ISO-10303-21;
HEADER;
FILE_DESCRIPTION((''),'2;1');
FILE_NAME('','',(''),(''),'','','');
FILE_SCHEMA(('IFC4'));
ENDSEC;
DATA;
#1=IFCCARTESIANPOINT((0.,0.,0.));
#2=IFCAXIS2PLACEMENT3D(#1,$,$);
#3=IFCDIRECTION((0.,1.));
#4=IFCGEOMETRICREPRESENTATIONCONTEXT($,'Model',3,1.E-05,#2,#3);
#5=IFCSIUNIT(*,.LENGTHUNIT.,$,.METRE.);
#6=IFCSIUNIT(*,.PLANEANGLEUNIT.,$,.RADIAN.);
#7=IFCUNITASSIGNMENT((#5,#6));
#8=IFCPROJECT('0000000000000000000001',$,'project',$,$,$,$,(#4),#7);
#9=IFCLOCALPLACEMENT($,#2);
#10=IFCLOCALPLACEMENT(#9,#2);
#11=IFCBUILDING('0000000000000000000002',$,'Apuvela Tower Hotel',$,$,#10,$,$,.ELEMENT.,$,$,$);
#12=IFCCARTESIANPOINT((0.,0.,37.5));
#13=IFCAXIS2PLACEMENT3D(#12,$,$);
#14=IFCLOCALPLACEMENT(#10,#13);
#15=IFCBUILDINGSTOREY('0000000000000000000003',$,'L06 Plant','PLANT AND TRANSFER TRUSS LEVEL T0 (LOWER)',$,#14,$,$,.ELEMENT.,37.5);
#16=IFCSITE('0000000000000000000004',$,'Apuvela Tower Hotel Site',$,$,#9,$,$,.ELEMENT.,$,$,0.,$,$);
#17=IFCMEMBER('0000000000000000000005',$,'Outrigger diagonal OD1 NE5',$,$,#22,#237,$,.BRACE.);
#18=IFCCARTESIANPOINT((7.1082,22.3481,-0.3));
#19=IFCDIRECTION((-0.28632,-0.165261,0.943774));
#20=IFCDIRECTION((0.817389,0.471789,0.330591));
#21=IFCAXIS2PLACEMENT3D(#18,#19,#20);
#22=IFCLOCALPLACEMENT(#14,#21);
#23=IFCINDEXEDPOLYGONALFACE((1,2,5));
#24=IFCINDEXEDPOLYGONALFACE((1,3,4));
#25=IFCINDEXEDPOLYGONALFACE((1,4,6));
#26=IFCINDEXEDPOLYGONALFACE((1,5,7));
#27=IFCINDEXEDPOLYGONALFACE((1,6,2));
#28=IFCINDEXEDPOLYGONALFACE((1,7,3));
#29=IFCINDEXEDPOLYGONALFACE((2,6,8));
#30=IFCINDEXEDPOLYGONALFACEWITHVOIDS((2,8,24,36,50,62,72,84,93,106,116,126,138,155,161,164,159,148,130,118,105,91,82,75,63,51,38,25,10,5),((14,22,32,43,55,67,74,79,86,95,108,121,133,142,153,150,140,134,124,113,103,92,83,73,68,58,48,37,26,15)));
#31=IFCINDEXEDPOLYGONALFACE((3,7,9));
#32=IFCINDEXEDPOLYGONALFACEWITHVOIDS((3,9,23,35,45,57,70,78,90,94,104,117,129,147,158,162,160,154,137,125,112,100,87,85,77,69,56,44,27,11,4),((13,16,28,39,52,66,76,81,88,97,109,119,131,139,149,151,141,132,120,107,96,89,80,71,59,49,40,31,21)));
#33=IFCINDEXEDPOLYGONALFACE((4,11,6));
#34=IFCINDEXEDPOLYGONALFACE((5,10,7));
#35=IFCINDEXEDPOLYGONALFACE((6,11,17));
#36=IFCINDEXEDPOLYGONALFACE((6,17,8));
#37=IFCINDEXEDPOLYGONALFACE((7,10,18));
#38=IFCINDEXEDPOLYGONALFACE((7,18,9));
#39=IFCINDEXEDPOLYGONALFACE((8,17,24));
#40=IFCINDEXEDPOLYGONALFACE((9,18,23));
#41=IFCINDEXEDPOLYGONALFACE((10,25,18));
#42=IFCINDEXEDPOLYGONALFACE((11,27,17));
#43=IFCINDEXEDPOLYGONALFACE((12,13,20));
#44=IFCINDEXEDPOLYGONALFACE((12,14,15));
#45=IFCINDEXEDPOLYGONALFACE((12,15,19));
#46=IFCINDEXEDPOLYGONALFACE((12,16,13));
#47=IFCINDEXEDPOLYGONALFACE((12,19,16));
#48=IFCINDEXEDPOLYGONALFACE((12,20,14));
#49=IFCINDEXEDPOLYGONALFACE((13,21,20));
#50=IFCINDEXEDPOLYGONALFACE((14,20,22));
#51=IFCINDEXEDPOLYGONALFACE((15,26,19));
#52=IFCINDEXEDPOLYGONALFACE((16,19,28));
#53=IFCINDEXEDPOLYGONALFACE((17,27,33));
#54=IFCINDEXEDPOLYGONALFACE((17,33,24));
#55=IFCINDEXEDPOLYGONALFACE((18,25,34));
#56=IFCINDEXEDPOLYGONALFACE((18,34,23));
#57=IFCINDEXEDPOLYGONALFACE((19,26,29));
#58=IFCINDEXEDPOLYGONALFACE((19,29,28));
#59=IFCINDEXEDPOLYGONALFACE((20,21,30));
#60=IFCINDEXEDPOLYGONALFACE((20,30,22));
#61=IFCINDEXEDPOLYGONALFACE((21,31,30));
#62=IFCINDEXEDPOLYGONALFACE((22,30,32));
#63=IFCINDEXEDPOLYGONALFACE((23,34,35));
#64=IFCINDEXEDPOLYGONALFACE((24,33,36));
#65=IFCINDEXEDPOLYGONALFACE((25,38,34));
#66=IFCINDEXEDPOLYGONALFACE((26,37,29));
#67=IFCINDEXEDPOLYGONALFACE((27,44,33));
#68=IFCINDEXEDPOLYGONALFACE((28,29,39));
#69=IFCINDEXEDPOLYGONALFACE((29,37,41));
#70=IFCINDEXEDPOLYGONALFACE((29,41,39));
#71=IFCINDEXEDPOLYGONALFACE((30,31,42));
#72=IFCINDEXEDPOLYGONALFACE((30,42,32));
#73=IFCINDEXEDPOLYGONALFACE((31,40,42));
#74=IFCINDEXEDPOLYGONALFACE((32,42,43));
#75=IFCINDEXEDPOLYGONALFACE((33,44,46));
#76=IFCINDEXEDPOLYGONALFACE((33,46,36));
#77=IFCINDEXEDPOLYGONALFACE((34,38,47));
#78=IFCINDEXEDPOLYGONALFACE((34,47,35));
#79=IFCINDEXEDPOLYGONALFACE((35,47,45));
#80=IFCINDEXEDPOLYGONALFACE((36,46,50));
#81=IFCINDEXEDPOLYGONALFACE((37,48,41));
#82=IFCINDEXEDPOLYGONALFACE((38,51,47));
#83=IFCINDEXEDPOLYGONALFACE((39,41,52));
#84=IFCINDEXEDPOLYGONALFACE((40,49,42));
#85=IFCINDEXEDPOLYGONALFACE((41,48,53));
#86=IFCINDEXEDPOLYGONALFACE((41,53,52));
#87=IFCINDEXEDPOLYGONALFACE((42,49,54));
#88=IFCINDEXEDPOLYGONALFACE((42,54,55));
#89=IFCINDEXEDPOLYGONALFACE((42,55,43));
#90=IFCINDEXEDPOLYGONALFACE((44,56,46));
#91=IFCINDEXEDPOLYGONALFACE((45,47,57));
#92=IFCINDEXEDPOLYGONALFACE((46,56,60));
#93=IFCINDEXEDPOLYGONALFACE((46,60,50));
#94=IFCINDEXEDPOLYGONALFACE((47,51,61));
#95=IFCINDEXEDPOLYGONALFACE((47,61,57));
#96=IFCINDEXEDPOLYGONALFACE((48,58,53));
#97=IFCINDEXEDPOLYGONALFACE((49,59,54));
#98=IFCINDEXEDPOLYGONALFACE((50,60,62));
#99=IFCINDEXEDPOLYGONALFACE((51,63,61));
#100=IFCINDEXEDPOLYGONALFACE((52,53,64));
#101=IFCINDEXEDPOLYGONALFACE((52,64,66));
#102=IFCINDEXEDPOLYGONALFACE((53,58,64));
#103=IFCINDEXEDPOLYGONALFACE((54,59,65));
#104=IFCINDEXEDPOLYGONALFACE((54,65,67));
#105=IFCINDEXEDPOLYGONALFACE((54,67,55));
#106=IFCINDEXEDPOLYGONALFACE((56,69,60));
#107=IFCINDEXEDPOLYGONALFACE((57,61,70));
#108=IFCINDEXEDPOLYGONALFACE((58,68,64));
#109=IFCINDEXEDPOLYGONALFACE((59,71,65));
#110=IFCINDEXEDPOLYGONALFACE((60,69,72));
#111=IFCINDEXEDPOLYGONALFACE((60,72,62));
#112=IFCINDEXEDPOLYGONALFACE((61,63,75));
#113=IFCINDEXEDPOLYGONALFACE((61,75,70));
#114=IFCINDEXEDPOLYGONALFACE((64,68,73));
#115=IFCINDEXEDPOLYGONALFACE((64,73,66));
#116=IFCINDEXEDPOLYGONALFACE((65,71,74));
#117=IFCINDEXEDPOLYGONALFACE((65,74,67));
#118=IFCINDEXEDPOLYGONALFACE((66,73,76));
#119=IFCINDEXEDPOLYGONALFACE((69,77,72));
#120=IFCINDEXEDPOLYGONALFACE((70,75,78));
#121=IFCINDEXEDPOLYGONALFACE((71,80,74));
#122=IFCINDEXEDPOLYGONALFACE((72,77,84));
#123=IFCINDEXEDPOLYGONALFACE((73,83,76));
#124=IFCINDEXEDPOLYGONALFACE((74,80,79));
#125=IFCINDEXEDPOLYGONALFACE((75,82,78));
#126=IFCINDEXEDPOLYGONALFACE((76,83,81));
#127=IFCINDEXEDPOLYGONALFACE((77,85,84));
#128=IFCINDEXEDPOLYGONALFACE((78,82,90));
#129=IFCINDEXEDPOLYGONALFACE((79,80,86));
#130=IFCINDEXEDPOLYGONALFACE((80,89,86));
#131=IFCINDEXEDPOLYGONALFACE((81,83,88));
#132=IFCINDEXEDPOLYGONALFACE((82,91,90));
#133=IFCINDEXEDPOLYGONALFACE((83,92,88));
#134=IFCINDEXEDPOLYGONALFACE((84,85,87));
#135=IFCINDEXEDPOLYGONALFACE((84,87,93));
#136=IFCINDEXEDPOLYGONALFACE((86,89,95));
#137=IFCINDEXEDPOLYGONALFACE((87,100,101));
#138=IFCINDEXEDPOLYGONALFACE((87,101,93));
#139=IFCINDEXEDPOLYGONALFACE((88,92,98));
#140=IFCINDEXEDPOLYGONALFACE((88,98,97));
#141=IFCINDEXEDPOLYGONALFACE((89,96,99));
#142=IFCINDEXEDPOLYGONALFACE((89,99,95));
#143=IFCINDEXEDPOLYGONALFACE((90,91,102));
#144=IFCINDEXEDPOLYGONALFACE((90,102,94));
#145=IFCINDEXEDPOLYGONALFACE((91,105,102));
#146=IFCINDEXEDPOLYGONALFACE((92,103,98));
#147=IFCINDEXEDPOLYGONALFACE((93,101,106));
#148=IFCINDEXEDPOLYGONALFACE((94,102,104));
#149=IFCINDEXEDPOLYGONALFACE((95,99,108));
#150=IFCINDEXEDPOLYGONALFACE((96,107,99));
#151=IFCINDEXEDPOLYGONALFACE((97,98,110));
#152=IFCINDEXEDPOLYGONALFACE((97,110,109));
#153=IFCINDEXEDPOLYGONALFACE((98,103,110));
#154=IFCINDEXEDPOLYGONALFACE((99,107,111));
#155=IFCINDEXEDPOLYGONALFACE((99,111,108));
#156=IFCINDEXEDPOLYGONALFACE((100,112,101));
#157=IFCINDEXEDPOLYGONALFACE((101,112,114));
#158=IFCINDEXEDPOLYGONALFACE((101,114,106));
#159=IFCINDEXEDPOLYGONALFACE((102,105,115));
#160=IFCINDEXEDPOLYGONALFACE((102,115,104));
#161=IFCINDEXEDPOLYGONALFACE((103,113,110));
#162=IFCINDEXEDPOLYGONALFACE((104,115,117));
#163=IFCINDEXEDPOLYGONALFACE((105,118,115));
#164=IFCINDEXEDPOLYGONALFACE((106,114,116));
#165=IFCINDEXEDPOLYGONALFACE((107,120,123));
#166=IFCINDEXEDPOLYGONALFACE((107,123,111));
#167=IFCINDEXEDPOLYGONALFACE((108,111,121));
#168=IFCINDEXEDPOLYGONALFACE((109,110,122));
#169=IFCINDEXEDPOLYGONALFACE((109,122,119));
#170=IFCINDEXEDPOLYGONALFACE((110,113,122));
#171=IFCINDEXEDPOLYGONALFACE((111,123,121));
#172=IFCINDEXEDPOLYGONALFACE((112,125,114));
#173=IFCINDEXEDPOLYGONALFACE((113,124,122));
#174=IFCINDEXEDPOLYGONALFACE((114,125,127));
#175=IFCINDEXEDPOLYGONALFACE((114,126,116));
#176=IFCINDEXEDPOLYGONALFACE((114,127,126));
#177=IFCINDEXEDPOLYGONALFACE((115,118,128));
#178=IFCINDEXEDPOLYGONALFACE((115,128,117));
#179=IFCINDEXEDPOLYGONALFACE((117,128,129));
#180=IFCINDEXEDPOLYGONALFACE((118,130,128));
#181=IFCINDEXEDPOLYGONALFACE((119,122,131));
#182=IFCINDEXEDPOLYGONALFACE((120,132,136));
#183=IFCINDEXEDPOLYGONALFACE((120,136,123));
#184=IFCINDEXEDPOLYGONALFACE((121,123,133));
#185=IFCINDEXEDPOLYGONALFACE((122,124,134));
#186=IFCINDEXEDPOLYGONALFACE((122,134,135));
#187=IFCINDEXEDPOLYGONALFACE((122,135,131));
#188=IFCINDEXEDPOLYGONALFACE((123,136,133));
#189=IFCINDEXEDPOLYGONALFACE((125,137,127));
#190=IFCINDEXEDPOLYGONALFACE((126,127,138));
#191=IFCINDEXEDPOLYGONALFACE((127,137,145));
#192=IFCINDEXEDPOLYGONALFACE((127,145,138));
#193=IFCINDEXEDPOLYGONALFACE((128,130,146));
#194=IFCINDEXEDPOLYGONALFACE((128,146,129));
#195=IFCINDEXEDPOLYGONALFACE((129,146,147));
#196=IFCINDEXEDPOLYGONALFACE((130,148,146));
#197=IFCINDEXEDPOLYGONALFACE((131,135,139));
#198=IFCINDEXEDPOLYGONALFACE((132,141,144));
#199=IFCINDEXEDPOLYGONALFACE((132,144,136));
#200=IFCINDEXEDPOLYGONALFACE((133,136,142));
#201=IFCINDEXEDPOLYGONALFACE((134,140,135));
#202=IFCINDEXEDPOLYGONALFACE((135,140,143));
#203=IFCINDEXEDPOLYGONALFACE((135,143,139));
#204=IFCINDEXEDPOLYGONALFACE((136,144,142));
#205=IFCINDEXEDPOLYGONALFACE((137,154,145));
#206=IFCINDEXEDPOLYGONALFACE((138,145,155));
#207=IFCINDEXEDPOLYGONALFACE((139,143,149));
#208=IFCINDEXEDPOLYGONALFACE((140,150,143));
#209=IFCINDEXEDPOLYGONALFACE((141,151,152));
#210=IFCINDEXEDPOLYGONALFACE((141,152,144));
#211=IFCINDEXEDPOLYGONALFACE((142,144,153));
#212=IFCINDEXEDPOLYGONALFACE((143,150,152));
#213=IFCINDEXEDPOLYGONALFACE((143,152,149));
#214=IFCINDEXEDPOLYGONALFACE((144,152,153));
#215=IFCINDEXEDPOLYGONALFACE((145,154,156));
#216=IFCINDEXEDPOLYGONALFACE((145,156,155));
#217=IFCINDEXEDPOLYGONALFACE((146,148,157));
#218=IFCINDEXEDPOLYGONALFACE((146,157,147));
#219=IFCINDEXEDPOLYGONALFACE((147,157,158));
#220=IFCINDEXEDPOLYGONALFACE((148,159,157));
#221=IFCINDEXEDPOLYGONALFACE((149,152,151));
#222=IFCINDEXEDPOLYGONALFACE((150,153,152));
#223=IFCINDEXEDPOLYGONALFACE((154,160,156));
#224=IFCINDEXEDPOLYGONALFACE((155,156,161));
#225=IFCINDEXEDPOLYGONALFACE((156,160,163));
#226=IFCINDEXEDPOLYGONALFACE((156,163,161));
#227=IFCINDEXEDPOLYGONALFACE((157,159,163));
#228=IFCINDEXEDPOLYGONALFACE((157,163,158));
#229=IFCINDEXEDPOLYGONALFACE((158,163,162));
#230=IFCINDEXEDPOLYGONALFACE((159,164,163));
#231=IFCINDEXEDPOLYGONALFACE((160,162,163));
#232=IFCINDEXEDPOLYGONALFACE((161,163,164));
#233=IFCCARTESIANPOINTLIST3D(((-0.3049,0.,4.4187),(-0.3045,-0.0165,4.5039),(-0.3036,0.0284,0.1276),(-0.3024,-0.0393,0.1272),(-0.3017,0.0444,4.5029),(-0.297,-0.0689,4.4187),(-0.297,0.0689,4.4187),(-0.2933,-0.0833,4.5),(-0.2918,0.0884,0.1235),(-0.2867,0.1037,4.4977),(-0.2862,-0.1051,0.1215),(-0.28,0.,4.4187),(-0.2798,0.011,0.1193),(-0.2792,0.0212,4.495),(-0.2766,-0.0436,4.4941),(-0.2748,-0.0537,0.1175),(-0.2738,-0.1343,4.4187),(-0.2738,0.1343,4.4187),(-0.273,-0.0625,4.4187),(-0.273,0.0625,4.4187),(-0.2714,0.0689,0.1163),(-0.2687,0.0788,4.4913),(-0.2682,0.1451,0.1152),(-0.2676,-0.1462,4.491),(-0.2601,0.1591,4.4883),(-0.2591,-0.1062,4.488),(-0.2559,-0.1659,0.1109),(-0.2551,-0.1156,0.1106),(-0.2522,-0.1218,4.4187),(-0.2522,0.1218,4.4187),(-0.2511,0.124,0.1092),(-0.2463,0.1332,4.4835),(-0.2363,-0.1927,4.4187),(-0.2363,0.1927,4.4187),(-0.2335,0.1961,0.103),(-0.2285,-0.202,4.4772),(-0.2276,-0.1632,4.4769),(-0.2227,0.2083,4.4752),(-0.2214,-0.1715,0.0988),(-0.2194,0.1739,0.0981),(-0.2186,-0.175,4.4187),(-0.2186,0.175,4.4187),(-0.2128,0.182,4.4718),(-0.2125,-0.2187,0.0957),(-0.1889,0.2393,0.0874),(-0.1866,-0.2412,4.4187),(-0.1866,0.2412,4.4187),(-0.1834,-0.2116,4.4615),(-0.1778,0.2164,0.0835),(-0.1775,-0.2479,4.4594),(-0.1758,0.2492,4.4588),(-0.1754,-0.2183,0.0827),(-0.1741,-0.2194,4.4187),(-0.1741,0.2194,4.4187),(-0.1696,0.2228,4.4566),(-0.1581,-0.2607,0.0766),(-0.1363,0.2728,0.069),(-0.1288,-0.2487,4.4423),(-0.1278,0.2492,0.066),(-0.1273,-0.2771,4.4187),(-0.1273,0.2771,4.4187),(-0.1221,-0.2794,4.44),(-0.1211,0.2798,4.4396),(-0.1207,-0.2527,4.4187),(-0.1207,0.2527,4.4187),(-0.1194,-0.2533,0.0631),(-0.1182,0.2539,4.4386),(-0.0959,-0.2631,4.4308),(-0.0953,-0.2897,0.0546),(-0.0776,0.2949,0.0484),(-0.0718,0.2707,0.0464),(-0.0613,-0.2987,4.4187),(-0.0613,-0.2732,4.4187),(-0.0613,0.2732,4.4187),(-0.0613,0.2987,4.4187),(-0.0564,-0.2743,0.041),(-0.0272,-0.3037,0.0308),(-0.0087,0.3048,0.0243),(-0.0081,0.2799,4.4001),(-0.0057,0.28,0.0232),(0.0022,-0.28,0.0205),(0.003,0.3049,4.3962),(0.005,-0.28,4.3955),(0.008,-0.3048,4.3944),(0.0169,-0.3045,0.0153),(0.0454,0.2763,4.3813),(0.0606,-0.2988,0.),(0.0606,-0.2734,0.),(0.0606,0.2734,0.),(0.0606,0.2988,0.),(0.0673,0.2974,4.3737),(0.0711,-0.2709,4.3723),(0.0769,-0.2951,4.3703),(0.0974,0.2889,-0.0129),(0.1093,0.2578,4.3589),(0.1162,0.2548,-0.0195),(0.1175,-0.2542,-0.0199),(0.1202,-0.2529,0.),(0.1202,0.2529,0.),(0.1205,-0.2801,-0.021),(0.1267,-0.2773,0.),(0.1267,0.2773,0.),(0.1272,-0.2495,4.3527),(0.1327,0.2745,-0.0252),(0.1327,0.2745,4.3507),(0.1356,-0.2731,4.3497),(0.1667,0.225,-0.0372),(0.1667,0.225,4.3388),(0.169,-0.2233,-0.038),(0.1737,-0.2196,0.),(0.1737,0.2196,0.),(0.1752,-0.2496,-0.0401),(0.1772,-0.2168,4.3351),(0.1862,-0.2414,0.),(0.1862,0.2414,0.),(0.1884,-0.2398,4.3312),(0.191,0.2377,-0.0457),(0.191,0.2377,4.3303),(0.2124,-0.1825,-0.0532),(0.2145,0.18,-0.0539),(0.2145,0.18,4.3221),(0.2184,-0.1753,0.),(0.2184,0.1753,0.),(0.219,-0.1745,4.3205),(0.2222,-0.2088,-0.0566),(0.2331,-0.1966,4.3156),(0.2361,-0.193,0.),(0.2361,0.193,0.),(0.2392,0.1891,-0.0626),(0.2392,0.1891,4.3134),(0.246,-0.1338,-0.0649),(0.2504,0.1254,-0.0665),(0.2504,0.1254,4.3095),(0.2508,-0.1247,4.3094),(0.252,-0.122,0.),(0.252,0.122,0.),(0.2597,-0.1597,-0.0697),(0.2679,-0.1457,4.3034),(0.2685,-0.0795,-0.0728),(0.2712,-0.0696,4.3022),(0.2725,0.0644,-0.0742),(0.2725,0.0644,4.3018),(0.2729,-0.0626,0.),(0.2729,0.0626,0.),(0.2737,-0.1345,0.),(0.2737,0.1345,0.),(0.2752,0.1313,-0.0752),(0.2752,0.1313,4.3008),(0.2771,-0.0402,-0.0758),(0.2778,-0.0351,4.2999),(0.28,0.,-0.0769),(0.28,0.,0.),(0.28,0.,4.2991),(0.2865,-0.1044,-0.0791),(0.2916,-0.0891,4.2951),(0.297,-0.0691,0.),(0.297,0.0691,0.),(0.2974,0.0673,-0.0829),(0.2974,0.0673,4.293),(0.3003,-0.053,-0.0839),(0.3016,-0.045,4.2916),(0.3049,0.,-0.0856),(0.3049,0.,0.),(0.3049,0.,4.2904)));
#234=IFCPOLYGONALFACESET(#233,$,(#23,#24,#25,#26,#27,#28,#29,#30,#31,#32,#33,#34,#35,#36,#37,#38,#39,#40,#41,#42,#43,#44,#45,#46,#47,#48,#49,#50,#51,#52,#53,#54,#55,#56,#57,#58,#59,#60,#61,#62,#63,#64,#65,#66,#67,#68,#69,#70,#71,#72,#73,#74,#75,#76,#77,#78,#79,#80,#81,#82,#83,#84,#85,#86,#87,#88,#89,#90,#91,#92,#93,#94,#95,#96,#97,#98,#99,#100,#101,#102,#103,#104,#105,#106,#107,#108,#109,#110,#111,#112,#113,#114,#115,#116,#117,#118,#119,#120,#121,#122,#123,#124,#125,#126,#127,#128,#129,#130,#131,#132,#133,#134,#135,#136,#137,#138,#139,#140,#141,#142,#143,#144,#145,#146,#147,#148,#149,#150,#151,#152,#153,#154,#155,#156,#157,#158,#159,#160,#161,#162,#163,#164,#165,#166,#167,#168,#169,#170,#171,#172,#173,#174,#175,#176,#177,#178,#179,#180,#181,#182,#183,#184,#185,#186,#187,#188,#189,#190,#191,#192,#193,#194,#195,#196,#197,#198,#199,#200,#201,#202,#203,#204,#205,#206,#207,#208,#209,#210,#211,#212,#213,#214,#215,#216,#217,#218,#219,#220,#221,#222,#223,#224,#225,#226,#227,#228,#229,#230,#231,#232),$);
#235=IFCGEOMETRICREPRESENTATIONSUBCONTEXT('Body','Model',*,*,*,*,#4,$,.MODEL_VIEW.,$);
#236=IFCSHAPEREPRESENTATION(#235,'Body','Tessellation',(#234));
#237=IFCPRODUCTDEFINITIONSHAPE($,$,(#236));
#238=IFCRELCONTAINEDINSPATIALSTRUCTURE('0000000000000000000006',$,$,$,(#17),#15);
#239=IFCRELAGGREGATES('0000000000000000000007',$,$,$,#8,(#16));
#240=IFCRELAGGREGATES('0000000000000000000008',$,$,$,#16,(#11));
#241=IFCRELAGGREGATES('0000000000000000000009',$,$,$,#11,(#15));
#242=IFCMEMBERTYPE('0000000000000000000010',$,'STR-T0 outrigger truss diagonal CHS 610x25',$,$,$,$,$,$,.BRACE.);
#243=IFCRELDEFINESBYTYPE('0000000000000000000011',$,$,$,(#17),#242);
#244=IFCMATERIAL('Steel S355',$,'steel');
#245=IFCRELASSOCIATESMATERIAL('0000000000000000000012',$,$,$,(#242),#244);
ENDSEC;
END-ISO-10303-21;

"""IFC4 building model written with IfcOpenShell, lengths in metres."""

from ifc_helpers import new_model, si_unit, direction, frame, origin, origin_2d, place, context, subcontext, project, spatial, hollow_circle, extrude, boolean, halfspace, material, material_profile, profile_set, type_object, element, save


model = new_model("IFC4")

# Units and contexts
model_context = context("Model", 3, precision=1e-05, world=origin(), true_north=direction((0.0, 1.0)))
body_context = subcontext(model_context, "Body", "Model", "MODEL_VIEW")
ifc_project = project(units=[si_unit("LENGTHUNIT", "METRE"), si_unit("PLANEANGLEUNIT", "RADIAN")], contexts=[model_context])

# Site, building, storey
site_placement = place(None, origin())
site = spatial("IfcSite", under=ifc_project, at=site_placement, Name="Apuvela Tower Hotel Site", CompositionType="ELEMENT", RefElevation=0.0)
building_placement = place(site_placement, origin())
building = spatial("IfcBuilding", under=site, at=building_placement, Name="Apuvela Tower Hotel", CompositionType="ELEMENT")
storey_placement = place(building_placement, frame((0.0, 0.0, 37.5)))
storey = spatial("IfcBuildingStorey", under=building, at=storey_placement, Name="L06 Plant", Description="PLANT AND TRANSFER TRUSS LEVEL T0 (LOWER)", CompositionType="ELEMENT", Elevation=37.5)

# Member
ifc_material_1 = material(Name="Steel S355", Category="steel")
ifc_material_profile_1 = material_profile(ifc_material_1, hollow_circle(Radius=0.3049, WallThickness=0.0249, at=origin_2d()), Name="CHS 610x25")
ifc_profile_set_1 = profile_set([ifc_material_profile_1], Name="Steel S355")
member_type_1 = type_object("IfcMemberType", Name="STR-T0 outrigger truss diagonal CHS 610x25", PredefinedType="BRACE", material=ifc_profile_set_1)
member_1_placement = place(storey_placement, frame((7.1082, 22.3481, -0.3), z_axis=(-0.28632, -0.165261, 0.943774), x_axis=(0.817389, 0.471789, 0.330591)))
solid_1 = boolean("DIFFERENCE", boolean("DIFFERENCE", extrude(hollow_circle(Radius=0.3049, WallThickness=0.0249, at=origin_2d()), frame((0.0, 0.0, -0.2268)), (0.0, 0.0, 1.0), 4.8723), halfspace(frame((0.0, 0.0, 0.0212), z_axis=(0.330591, 0.0, 0.943774), x_axis=(0.943774, 0.0, -0.330591)), True)), halfspace(frame((0.0, 0.0, 4.3972), z_axis=(0.330591, 0.0, 0.943774), x_axis=(0.943774, 0.0, -0.330591)), False))
element("IfcMember", 1, at=member_1_placement, inside=storey, type_object=member_type_1, Name="Outrigger diagonal OD1 NE5", PredefinedType="BRACE", context=body_context, shape_type="SweptSolid", body=[
    boolean("UNION", boolean("DIFFERENCE", boolean("DIFFERENCE", extrude(hollow_circle(Radius=0.3049, WallThickness=0.0249, at=origin_2d()), origin(), (0.0, 0.0, 1.0), 4.4187), halfspace(frame((0.0, 0.0, 0.0212), z_axis=(0.330591, 0.0, 0.943774), x_axis=(0.943774, 0.0, -0.330591)), True)), halfspace(frame((0.0, 0.0, 4.3972), z_axis=(0.330591, 0.0, 0.943774), x_axis=(0.943774, 0.0, -0.330591)), False)), solid_1),
])

save(model, "model.ifc")
